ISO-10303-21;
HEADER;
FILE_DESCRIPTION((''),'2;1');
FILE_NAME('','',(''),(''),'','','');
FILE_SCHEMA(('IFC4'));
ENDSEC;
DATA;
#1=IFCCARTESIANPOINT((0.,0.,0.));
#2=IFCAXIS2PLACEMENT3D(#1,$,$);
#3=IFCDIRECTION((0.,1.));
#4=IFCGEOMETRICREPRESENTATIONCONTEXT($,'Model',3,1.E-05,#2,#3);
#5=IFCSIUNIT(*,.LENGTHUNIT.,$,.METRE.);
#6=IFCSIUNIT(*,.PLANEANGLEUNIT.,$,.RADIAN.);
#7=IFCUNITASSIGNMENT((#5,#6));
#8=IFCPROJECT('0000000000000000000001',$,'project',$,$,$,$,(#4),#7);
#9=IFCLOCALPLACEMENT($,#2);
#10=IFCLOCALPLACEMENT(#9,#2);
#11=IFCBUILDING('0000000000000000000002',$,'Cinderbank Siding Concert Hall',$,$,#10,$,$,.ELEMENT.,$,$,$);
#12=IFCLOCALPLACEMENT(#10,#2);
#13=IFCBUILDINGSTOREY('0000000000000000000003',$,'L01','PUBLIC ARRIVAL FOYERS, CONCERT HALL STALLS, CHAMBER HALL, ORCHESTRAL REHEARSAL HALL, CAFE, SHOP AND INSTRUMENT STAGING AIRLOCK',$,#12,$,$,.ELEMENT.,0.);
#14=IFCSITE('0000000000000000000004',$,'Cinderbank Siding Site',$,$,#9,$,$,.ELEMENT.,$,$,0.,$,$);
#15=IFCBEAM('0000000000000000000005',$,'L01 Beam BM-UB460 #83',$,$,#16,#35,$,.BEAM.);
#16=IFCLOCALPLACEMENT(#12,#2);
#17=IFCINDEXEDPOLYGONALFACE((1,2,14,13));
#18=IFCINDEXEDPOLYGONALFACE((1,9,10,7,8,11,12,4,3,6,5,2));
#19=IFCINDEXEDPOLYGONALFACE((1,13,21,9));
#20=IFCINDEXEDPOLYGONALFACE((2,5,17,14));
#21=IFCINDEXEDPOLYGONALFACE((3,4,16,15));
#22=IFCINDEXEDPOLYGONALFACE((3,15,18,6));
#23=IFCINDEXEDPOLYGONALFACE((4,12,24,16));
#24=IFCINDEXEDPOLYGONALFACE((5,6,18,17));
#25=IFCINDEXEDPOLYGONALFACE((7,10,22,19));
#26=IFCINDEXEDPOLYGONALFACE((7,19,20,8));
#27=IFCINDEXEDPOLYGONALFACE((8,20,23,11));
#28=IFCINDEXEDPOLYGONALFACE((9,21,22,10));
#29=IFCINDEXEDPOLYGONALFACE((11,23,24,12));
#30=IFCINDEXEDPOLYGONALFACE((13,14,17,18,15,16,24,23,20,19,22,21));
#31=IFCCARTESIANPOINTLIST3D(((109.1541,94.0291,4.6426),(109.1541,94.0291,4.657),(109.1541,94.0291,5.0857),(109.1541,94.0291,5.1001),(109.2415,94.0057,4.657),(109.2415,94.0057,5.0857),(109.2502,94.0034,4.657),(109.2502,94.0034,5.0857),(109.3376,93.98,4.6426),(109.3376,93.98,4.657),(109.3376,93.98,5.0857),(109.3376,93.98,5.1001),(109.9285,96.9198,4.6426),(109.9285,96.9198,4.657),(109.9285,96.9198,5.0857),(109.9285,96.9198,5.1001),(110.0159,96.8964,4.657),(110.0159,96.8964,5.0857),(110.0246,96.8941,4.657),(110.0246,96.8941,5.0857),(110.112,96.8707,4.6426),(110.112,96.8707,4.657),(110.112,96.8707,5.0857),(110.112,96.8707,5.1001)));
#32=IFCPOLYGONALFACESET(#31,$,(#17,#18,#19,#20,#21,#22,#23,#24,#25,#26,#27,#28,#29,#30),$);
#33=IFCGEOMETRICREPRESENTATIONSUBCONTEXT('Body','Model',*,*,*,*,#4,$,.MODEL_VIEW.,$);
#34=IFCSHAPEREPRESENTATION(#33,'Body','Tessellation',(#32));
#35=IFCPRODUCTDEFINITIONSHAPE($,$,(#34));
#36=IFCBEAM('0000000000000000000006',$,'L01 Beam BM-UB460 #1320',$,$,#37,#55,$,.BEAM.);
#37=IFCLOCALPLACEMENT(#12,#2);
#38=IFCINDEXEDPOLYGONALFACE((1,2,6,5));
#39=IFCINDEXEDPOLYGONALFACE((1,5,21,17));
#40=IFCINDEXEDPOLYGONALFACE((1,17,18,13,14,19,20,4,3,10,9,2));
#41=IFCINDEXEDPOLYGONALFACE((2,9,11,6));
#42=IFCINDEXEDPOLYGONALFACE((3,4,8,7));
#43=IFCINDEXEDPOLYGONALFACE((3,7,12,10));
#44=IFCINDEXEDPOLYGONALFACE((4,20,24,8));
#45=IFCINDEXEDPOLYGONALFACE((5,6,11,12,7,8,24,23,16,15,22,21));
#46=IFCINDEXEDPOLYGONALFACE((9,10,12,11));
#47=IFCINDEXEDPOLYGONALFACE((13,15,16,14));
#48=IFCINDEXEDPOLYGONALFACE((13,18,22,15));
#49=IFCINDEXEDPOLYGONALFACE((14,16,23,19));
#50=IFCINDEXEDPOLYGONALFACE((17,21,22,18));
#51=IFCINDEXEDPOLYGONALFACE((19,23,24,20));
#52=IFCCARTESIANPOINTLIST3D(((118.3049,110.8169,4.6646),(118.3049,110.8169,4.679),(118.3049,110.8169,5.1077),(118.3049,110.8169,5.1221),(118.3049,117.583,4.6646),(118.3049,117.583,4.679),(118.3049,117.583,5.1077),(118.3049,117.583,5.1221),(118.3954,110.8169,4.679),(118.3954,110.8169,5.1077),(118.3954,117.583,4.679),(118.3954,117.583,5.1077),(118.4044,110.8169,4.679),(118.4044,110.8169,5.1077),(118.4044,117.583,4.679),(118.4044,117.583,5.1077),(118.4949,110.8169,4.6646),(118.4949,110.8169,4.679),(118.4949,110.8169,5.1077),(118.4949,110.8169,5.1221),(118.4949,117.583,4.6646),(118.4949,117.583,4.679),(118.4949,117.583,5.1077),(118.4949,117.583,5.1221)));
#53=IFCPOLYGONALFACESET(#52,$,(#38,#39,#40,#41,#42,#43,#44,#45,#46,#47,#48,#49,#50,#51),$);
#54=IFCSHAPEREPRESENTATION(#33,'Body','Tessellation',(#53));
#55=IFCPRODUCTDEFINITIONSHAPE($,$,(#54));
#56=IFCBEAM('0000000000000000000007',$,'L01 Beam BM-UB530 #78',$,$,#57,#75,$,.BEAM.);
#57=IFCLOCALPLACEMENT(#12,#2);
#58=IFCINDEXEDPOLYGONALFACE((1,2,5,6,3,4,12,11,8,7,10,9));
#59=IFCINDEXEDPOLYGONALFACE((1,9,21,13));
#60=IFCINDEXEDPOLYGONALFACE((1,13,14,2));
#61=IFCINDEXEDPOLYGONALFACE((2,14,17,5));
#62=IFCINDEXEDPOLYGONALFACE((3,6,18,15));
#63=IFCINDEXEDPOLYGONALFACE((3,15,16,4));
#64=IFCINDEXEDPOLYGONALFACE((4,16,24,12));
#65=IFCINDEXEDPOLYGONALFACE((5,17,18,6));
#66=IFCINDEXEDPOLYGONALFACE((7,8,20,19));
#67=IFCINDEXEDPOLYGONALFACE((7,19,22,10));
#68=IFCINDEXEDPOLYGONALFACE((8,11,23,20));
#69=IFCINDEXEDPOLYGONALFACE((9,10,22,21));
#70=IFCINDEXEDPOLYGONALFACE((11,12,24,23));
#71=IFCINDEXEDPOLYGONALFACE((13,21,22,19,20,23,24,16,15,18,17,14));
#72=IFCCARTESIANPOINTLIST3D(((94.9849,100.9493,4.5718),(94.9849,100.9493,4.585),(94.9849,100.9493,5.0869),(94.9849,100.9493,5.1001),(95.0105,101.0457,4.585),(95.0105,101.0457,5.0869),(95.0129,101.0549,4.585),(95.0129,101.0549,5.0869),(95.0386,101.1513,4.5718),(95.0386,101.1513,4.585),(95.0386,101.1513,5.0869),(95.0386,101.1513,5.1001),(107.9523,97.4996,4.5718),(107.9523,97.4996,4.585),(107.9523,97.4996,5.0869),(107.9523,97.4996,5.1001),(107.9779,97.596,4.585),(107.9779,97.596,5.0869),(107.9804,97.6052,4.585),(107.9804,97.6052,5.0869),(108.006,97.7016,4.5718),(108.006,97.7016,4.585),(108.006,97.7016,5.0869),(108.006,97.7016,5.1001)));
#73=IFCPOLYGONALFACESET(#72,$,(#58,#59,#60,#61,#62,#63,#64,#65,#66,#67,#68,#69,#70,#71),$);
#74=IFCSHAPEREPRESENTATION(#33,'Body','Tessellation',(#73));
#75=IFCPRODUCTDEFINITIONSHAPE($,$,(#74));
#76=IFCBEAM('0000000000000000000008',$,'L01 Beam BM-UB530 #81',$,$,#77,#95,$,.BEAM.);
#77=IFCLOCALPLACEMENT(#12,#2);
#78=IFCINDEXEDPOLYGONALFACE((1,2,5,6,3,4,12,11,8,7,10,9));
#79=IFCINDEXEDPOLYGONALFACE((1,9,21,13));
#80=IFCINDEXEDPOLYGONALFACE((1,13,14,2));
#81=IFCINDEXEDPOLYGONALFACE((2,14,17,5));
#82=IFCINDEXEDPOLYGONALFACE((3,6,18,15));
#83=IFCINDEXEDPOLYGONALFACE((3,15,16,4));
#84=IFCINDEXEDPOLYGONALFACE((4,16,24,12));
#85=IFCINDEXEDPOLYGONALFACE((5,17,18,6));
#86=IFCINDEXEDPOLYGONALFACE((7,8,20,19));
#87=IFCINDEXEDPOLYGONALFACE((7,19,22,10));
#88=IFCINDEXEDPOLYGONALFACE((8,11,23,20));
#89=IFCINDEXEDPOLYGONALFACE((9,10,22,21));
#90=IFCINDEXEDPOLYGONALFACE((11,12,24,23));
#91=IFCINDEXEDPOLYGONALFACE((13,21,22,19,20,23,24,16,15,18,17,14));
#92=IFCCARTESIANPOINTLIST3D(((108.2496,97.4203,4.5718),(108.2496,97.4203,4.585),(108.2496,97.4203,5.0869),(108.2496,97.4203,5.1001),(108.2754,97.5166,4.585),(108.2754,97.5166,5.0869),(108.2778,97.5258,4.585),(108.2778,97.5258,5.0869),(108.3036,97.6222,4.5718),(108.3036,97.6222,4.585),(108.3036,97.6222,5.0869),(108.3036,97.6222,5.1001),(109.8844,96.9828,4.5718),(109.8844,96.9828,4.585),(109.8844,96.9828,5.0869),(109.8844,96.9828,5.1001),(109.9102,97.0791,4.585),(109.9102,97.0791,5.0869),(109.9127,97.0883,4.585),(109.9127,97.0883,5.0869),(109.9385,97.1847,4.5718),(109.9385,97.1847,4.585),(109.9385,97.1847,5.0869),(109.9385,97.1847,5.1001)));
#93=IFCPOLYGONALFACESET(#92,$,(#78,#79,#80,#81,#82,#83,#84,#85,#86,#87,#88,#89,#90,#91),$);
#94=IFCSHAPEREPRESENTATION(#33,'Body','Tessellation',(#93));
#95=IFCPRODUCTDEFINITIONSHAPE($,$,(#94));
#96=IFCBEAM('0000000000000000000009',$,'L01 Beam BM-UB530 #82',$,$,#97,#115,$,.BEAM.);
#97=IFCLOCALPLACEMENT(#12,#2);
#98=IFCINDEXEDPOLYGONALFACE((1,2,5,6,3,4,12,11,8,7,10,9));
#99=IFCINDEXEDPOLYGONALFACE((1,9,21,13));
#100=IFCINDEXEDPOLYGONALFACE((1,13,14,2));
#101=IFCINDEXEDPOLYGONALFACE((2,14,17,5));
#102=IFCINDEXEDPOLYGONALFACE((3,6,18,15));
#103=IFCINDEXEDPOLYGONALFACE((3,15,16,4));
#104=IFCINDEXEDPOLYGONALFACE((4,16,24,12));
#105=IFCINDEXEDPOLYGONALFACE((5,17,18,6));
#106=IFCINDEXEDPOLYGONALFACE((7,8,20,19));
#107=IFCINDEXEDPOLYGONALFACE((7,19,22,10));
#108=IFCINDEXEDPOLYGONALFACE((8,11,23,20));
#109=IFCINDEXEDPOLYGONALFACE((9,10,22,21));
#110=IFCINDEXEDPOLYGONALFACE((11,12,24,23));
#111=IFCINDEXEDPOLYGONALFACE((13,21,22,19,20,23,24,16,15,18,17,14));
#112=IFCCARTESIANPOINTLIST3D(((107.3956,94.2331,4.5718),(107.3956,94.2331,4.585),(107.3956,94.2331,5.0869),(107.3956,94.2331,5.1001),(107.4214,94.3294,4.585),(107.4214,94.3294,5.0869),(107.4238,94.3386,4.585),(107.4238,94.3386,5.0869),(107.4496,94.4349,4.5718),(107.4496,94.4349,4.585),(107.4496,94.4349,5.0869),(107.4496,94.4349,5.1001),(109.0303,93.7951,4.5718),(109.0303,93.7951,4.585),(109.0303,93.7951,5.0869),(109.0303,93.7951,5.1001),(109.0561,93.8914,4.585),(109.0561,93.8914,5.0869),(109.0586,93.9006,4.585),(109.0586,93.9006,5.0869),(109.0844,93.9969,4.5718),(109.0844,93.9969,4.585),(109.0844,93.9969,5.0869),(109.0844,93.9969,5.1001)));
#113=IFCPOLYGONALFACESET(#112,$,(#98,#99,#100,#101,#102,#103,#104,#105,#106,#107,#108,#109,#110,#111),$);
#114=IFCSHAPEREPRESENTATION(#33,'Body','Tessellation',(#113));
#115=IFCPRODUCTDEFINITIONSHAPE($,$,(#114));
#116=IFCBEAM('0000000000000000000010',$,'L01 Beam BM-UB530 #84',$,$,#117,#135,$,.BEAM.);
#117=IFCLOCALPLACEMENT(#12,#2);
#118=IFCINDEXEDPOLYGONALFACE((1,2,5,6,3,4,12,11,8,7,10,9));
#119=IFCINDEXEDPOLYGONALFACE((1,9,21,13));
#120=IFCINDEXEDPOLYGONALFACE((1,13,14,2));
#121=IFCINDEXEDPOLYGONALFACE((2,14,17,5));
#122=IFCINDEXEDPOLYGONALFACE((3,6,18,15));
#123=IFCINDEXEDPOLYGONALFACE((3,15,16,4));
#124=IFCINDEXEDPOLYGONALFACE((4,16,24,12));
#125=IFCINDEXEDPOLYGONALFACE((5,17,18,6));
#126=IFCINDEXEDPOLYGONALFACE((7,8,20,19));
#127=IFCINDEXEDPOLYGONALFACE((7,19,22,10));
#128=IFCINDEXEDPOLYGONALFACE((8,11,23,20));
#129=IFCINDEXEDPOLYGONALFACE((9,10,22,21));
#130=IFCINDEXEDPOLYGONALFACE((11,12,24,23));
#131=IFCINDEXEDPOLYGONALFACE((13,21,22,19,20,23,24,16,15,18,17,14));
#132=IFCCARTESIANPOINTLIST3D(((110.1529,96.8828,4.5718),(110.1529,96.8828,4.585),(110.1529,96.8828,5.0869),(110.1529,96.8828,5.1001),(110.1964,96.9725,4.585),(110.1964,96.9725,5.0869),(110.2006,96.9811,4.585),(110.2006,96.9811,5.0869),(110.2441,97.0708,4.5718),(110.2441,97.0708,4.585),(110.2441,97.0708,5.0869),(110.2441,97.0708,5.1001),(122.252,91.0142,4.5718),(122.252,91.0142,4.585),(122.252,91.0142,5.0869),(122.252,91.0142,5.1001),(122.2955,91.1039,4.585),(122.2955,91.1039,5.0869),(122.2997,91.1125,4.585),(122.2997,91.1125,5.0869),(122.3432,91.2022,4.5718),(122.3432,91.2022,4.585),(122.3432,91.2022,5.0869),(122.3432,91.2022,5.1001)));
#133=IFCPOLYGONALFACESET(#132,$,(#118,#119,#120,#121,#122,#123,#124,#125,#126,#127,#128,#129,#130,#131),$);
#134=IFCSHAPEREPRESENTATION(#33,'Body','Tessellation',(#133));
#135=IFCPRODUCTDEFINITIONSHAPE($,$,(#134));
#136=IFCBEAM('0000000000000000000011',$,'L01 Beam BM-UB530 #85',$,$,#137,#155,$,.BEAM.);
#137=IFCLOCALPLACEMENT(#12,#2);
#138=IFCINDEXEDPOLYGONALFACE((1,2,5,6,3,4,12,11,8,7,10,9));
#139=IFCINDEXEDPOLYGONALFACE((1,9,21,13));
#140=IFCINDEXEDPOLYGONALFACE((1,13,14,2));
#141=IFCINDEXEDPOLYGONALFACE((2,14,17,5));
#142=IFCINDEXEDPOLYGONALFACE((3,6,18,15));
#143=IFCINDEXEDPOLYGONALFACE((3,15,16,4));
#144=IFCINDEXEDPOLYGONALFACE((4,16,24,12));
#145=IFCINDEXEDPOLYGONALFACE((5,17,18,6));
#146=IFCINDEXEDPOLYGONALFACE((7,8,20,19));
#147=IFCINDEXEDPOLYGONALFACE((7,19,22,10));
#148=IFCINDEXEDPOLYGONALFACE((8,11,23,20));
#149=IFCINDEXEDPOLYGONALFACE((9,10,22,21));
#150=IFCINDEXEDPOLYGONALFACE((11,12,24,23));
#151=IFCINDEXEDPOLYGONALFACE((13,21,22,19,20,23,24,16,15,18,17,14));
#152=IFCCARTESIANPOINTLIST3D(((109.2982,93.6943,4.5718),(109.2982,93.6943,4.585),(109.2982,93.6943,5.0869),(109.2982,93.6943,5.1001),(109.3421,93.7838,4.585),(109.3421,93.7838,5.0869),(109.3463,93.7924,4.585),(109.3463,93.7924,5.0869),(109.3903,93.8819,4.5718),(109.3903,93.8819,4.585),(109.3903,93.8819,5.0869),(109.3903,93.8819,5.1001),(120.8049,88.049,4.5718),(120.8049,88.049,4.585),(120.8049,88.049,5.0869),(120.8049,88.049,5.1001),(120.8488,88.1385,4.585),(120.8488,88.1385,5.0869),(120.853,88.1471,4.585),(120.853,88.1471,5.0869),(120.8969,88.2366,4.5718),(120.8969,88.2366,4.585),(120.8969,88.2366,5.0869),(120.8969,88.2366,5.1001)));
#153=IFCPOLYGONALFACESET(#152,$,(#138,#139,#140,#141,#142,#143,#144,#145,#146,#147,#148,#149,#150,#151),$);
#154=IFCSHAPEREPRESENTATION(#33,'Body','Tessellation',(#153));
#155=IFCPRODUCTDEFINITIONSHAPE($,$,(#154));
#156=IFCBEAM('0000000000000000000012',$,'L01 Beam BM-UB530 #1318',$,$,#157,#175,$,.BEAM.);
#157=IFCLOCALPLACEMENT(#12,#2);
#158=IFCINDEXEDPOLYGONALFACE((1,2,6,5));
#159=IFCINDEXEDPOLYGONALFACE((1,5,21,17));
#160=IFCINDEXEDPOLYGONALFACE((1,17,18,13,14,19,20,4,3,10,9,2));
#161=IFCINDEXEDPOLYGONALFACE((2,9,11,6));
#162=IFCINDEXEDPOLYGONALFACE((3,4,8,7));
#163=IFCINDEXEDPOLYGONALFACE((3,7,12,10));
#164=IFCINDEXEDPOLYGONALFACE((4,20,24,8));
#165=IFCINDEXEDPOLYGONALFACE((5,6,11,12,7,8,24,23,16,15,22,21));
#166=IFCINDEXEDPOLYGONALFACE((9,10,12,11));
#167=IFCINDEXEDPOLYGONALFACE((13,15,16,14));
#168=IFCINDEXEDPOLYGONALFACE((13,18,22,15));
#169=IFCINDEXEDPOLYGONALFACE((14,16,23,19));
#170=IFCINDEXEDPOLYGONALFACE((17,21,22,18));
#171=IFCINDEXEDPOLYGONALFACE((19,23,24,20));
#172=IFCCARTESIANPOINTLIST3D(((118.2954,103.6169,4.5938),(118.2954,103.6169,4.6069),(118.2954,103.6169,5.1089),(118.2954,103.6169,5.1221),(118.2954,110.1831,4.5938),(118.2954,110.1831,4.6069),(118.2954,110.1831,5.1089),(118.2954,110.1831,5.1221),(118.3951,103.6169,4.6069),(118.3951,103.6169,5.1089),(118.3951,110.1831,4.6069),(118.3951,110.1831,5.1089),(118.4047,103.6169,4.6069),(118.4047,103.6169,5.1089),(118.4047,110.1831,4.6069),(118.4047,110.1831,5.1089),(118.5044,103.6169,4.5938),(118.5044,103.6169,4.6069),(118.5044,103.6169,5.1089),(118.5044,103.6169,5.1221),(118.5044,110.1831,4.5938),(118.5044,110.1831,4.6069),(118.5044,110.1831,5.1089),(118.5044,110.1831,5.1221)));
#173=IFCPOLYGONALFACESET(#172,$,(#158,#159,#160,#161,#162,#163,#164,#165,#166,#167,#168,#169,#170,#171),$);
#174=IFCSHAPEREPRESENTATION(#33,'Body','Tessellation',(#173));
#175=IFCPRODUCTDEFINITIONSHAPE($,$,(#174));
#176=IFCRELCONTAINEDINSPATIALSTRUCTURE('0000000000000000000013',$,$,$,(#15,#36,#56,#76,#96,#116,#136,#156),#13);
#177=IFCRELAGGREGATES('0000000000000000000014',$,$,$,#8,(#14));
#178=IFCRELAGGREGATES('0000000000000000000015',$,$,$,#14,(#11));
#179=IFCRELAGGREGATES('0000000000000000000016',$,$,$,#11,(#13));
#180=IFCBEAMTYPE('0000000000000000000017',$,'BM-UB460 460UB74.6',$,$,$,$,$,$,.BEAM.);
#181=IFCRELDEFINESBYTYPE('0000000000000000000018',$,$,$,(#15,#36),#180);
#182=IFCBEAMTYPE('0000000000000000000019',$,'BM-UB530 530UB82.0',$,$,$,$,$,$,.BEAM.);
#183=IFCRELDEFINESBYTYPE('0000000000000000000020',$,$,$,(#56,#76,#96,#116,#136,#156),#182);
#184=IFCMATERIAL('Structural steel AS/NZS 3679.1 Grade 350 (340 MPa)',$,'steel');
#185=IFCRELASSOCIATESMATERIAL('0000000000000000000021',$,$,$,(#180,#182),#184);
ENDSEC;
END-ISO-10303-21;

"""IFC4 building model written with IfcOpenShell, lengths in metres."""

from ifc_helpers import new_model, si_unit, direction, frame, origin, origin_2d, place, context, subcontext, project, spatial, i_section, extrude, material, material_profile, profile_set, type_object, element, save


model = new_model("IFC4")

# Units and contexts
model_context = context("Model", 3, precision=1e-05, world=origin(), true_north=direction((0.0, 1.0)))
body_context = subcontext(model_context, "Body", "Model", "MODEL_VIEW")
ifc_project = project(units=[si_unit("LENGTHUNIT", "METRE"), si_unit("PLANEANGLEUNIT", "RADIAN")], contexts=[model_context])

# Site, building, storey
site_placement = place(None, origin())
site = spatial("IfcSite", under=ifc_project, at=site_placement, Name="Cinderbank Siding Site", CompositionType="ELEMENT", RefElevation=0.0)
building_placement = place(site_placement, origin())
building = spatial("IfcBuilding", under=site, at=building_placement, Name="Cinderbank Siding Concert Hall", CompositionType="ELEMENT")
storey_placement = place(building_placement, origin())
storey = spatial("IfcBuildingStorey", under=building, at=storey_placement, Name="L01", Description="PUBLIC ARRIVAL FOYERS, CONCERT HALL STALLS, CHAMBER HALL, ORCHESTRAL REHEARSAL HALL, CAFE, SHOP AND INSTRUMENT STAGING AIRLOCK", CompositionType="ELEMENT", Elevation=0.0)

# Beams
ifc_material_1 = material(Name="Structural steel AS/NZS 3679.1 Grade 350 (340 MPa)", Category="steel")
ifc_material_profile_1 = material_profile(ifc_material_1, i_section(OverallWidth=0.1899, OverallDepth=0.4575, WebThickness=0.009, FlangeThickness=0.0144, at=origin_2d()), Name="460UB74.6", Category="LoadBearing")
ifc_profile_set_1 = profile_set([ifc_material_profile_1], Name="Structural steel AS/NZS 3679.1 Grade 350 (340 MPa)")
beam_type_1 = type_object("IfcBeamType", Name="BM-UB460 460UB74.6", PredefinedType="BEAM", material=ifc_profile_set_1)
beam_1_placement = place(storey_placement, frame((110.0203, 96.8953, 4.8713), z_axis=(-0.25878, -0.965936, 0.0), x_axis=(0.965936, -0.25878, 0.0)))
element("IfcBeam", 1, at=beam_1_placement, inside=storey, type_object=beam_type_1, Name="L01 Beam BM-UB460 #83", PredefinedType="BEAM", context=body_context, shape_type="SweptSolid", body=[
    extrude(i_section(OverallWidth=0.1899, OverallDepth=0.4575, WebThickness=0.009, FlangeThickness=0.0144, at=origin_2d()), origin(), (0.0, 0.0, 1.0), 2.9927),
])
beam_2_placement = place(storey_placement, frame((118.3999, 110.8169, 4.8933), z_axis=(0.0, 1.0, 0.0), x_axis=(-1.0, 0.0, 0.0)))
element("IfcBeam", 2, at=beam_2_placement, inside=storey, type_object=beam_type_1, Name="L01 Beam BM-UB460 #1320", PredefinedType="BEAM", context=body_context, shape_type="SweptSolid", body=[
    extrude(i_section(OverallWidth=0.1899, OverallDepth=0.4575, WebThickness=0.009, FlangeThickness=0.0144, at=origin_2d()), origin(), (0.0, 0.0, 1.0), 6.7661),
])
ifc_material_profile_2 = material_profile(ifc_material_1, i_section(OverallWidth=0.209, OverallDepth=0.5283, WebThickness=0.0095, FlangeThickness=0.0132, at=origin_2d()), Name="530UB82.0", Category="LoadBearing")
ifc_profile_set_2 = profile_set([ifc_material_profile_2], Name="Structural steel AS/NZS 3679.1 Grade 350 (340 MPa)")
beam_type_2 = type_object("IfcBeamType", Name="BM-UB530 530UB82.0", PredefinedType="BEAM", material=ifc_profile_set_2)
beam_3_placement = place(storey_placement, frame((95.0117, 101.0503, 4.8359), z_axis=(0.966389, -0.257085, 0.0), x_axis=(0.257085, 0.966389, 0.0)))
element("IfcBeam", 3, at=beam_3_placement, inside=storey, type_object=beam_type_2, Name="L01 Beam BM-UB530 #78", PredefinedType="BEAM", context=body_context, shape_type="SweptSolid", body=[
    extrude(i_section(OverallWidth=0.209, OverallDepth=0.5283, WebThickness=0.0095, FlangeThickness=0.0132, at=origin_2d()), origin(), (0.0, 0.0, 1.0), 13.4185),
])
for number, where, z_axis, x_axis, name in (
    (4, (108.2766, 97.5212, 4.8359), (0.966005, -0.258525, 0.0), (0.258525, 0.966005, 0.0), "L01 Beam BM-UB530 #81"),
    (5, (107.4226, 94.334, 4.8359), (0.965933, -0.258794, 0.0), (0.258794, 0.965933, 0.0), "L01 Beam BM-UB530 #82"),
):
    element("IfcBeam", number, at=place(storey_placement, frame(where, z_axis=z_axis, x_axis=x_axis)), inside=storey, type_object=beam_type_2, Name=name, PredefinedType="BEAM", context=body_context, shape_type="SweptSolid", body=[
        extrude(i_section(OverallWidth=0.209, OverallDepth=0.5283, WebThickness=0.0095, FlangeThickness=0.0132, at=origin_2d()), origin(), (0.0, 0.0, 1.0), 1.6924),
    ])
beam_4_placement = place(storey_placement, frame((110.1985, 96.9768, 4.8359), z_axis=(0.899744, -0.436419, 0.0), x_axis=(0.436419, 0.899744, 0.0)))
element("IfcBeam", 6, at=beam_4_placement, inside=storey, type_object=beam_type_2, Name="L01 Beam BM-UB530 #84", PredefinedType="BEAM", context=body_context, shape_type="SweptSolid", body=[
    extrude(i_section(OverallWidth=0.209, OverallDepth=0.5283, WebThickness=0.0095, FlangeThickness=0.0132, at=origin_2d()), origin(), (0.0, 0.0, 1.0), 13.4473),
])
beam_5_placement = place(storey_placement, frame((109.3442, 93.7881, 4.8359), z_axis=(0.897773, -0.440458, 0.0), x_axis=(0.440458, 0.897773, 0.0)))
element("IfcBeam", 7, at=beam_5_placement, inside=storey, type_object=beam_type_2, Name="L01 Beam BM-UB530 #85", PredefinedType="BEAM", context=body_context, shape_type="SweptSolid", body=[
    extrude(i_section(OverallWidth=0.209, OverallDepth=0.5283, WebThickness=0.0095, FlangeThickness=0.0132, at=origin_2d()), origin(), (0.0, 0.0, 1.0), 12.8169),
])
beam_6_placement = place(storey_placement, frame((118.3999, 103.6169, 4.8579), z_axis=(0.0, 1.0, 0.0), x_axis=(-1.0, 0.0, 0.0)))
element("IfcBeam", 8, at=beam_6_placement, inside=storey, type_object=beam_type_2, Name="L01 Beam BM-UB530 #1318", PredefinedType="BEAM", context=body_context, shape_type="SweptSolid", body=[
    extrude(i_section(OverallWidth=0.209, OverallDepth=0.5283, WebThickness=0.0095, FlangeThickness=0.0132, at=origin_2d()), origin(), (0.0, 0.0, 1.0), 6.5662),
])

save(model, "model.ifc")
